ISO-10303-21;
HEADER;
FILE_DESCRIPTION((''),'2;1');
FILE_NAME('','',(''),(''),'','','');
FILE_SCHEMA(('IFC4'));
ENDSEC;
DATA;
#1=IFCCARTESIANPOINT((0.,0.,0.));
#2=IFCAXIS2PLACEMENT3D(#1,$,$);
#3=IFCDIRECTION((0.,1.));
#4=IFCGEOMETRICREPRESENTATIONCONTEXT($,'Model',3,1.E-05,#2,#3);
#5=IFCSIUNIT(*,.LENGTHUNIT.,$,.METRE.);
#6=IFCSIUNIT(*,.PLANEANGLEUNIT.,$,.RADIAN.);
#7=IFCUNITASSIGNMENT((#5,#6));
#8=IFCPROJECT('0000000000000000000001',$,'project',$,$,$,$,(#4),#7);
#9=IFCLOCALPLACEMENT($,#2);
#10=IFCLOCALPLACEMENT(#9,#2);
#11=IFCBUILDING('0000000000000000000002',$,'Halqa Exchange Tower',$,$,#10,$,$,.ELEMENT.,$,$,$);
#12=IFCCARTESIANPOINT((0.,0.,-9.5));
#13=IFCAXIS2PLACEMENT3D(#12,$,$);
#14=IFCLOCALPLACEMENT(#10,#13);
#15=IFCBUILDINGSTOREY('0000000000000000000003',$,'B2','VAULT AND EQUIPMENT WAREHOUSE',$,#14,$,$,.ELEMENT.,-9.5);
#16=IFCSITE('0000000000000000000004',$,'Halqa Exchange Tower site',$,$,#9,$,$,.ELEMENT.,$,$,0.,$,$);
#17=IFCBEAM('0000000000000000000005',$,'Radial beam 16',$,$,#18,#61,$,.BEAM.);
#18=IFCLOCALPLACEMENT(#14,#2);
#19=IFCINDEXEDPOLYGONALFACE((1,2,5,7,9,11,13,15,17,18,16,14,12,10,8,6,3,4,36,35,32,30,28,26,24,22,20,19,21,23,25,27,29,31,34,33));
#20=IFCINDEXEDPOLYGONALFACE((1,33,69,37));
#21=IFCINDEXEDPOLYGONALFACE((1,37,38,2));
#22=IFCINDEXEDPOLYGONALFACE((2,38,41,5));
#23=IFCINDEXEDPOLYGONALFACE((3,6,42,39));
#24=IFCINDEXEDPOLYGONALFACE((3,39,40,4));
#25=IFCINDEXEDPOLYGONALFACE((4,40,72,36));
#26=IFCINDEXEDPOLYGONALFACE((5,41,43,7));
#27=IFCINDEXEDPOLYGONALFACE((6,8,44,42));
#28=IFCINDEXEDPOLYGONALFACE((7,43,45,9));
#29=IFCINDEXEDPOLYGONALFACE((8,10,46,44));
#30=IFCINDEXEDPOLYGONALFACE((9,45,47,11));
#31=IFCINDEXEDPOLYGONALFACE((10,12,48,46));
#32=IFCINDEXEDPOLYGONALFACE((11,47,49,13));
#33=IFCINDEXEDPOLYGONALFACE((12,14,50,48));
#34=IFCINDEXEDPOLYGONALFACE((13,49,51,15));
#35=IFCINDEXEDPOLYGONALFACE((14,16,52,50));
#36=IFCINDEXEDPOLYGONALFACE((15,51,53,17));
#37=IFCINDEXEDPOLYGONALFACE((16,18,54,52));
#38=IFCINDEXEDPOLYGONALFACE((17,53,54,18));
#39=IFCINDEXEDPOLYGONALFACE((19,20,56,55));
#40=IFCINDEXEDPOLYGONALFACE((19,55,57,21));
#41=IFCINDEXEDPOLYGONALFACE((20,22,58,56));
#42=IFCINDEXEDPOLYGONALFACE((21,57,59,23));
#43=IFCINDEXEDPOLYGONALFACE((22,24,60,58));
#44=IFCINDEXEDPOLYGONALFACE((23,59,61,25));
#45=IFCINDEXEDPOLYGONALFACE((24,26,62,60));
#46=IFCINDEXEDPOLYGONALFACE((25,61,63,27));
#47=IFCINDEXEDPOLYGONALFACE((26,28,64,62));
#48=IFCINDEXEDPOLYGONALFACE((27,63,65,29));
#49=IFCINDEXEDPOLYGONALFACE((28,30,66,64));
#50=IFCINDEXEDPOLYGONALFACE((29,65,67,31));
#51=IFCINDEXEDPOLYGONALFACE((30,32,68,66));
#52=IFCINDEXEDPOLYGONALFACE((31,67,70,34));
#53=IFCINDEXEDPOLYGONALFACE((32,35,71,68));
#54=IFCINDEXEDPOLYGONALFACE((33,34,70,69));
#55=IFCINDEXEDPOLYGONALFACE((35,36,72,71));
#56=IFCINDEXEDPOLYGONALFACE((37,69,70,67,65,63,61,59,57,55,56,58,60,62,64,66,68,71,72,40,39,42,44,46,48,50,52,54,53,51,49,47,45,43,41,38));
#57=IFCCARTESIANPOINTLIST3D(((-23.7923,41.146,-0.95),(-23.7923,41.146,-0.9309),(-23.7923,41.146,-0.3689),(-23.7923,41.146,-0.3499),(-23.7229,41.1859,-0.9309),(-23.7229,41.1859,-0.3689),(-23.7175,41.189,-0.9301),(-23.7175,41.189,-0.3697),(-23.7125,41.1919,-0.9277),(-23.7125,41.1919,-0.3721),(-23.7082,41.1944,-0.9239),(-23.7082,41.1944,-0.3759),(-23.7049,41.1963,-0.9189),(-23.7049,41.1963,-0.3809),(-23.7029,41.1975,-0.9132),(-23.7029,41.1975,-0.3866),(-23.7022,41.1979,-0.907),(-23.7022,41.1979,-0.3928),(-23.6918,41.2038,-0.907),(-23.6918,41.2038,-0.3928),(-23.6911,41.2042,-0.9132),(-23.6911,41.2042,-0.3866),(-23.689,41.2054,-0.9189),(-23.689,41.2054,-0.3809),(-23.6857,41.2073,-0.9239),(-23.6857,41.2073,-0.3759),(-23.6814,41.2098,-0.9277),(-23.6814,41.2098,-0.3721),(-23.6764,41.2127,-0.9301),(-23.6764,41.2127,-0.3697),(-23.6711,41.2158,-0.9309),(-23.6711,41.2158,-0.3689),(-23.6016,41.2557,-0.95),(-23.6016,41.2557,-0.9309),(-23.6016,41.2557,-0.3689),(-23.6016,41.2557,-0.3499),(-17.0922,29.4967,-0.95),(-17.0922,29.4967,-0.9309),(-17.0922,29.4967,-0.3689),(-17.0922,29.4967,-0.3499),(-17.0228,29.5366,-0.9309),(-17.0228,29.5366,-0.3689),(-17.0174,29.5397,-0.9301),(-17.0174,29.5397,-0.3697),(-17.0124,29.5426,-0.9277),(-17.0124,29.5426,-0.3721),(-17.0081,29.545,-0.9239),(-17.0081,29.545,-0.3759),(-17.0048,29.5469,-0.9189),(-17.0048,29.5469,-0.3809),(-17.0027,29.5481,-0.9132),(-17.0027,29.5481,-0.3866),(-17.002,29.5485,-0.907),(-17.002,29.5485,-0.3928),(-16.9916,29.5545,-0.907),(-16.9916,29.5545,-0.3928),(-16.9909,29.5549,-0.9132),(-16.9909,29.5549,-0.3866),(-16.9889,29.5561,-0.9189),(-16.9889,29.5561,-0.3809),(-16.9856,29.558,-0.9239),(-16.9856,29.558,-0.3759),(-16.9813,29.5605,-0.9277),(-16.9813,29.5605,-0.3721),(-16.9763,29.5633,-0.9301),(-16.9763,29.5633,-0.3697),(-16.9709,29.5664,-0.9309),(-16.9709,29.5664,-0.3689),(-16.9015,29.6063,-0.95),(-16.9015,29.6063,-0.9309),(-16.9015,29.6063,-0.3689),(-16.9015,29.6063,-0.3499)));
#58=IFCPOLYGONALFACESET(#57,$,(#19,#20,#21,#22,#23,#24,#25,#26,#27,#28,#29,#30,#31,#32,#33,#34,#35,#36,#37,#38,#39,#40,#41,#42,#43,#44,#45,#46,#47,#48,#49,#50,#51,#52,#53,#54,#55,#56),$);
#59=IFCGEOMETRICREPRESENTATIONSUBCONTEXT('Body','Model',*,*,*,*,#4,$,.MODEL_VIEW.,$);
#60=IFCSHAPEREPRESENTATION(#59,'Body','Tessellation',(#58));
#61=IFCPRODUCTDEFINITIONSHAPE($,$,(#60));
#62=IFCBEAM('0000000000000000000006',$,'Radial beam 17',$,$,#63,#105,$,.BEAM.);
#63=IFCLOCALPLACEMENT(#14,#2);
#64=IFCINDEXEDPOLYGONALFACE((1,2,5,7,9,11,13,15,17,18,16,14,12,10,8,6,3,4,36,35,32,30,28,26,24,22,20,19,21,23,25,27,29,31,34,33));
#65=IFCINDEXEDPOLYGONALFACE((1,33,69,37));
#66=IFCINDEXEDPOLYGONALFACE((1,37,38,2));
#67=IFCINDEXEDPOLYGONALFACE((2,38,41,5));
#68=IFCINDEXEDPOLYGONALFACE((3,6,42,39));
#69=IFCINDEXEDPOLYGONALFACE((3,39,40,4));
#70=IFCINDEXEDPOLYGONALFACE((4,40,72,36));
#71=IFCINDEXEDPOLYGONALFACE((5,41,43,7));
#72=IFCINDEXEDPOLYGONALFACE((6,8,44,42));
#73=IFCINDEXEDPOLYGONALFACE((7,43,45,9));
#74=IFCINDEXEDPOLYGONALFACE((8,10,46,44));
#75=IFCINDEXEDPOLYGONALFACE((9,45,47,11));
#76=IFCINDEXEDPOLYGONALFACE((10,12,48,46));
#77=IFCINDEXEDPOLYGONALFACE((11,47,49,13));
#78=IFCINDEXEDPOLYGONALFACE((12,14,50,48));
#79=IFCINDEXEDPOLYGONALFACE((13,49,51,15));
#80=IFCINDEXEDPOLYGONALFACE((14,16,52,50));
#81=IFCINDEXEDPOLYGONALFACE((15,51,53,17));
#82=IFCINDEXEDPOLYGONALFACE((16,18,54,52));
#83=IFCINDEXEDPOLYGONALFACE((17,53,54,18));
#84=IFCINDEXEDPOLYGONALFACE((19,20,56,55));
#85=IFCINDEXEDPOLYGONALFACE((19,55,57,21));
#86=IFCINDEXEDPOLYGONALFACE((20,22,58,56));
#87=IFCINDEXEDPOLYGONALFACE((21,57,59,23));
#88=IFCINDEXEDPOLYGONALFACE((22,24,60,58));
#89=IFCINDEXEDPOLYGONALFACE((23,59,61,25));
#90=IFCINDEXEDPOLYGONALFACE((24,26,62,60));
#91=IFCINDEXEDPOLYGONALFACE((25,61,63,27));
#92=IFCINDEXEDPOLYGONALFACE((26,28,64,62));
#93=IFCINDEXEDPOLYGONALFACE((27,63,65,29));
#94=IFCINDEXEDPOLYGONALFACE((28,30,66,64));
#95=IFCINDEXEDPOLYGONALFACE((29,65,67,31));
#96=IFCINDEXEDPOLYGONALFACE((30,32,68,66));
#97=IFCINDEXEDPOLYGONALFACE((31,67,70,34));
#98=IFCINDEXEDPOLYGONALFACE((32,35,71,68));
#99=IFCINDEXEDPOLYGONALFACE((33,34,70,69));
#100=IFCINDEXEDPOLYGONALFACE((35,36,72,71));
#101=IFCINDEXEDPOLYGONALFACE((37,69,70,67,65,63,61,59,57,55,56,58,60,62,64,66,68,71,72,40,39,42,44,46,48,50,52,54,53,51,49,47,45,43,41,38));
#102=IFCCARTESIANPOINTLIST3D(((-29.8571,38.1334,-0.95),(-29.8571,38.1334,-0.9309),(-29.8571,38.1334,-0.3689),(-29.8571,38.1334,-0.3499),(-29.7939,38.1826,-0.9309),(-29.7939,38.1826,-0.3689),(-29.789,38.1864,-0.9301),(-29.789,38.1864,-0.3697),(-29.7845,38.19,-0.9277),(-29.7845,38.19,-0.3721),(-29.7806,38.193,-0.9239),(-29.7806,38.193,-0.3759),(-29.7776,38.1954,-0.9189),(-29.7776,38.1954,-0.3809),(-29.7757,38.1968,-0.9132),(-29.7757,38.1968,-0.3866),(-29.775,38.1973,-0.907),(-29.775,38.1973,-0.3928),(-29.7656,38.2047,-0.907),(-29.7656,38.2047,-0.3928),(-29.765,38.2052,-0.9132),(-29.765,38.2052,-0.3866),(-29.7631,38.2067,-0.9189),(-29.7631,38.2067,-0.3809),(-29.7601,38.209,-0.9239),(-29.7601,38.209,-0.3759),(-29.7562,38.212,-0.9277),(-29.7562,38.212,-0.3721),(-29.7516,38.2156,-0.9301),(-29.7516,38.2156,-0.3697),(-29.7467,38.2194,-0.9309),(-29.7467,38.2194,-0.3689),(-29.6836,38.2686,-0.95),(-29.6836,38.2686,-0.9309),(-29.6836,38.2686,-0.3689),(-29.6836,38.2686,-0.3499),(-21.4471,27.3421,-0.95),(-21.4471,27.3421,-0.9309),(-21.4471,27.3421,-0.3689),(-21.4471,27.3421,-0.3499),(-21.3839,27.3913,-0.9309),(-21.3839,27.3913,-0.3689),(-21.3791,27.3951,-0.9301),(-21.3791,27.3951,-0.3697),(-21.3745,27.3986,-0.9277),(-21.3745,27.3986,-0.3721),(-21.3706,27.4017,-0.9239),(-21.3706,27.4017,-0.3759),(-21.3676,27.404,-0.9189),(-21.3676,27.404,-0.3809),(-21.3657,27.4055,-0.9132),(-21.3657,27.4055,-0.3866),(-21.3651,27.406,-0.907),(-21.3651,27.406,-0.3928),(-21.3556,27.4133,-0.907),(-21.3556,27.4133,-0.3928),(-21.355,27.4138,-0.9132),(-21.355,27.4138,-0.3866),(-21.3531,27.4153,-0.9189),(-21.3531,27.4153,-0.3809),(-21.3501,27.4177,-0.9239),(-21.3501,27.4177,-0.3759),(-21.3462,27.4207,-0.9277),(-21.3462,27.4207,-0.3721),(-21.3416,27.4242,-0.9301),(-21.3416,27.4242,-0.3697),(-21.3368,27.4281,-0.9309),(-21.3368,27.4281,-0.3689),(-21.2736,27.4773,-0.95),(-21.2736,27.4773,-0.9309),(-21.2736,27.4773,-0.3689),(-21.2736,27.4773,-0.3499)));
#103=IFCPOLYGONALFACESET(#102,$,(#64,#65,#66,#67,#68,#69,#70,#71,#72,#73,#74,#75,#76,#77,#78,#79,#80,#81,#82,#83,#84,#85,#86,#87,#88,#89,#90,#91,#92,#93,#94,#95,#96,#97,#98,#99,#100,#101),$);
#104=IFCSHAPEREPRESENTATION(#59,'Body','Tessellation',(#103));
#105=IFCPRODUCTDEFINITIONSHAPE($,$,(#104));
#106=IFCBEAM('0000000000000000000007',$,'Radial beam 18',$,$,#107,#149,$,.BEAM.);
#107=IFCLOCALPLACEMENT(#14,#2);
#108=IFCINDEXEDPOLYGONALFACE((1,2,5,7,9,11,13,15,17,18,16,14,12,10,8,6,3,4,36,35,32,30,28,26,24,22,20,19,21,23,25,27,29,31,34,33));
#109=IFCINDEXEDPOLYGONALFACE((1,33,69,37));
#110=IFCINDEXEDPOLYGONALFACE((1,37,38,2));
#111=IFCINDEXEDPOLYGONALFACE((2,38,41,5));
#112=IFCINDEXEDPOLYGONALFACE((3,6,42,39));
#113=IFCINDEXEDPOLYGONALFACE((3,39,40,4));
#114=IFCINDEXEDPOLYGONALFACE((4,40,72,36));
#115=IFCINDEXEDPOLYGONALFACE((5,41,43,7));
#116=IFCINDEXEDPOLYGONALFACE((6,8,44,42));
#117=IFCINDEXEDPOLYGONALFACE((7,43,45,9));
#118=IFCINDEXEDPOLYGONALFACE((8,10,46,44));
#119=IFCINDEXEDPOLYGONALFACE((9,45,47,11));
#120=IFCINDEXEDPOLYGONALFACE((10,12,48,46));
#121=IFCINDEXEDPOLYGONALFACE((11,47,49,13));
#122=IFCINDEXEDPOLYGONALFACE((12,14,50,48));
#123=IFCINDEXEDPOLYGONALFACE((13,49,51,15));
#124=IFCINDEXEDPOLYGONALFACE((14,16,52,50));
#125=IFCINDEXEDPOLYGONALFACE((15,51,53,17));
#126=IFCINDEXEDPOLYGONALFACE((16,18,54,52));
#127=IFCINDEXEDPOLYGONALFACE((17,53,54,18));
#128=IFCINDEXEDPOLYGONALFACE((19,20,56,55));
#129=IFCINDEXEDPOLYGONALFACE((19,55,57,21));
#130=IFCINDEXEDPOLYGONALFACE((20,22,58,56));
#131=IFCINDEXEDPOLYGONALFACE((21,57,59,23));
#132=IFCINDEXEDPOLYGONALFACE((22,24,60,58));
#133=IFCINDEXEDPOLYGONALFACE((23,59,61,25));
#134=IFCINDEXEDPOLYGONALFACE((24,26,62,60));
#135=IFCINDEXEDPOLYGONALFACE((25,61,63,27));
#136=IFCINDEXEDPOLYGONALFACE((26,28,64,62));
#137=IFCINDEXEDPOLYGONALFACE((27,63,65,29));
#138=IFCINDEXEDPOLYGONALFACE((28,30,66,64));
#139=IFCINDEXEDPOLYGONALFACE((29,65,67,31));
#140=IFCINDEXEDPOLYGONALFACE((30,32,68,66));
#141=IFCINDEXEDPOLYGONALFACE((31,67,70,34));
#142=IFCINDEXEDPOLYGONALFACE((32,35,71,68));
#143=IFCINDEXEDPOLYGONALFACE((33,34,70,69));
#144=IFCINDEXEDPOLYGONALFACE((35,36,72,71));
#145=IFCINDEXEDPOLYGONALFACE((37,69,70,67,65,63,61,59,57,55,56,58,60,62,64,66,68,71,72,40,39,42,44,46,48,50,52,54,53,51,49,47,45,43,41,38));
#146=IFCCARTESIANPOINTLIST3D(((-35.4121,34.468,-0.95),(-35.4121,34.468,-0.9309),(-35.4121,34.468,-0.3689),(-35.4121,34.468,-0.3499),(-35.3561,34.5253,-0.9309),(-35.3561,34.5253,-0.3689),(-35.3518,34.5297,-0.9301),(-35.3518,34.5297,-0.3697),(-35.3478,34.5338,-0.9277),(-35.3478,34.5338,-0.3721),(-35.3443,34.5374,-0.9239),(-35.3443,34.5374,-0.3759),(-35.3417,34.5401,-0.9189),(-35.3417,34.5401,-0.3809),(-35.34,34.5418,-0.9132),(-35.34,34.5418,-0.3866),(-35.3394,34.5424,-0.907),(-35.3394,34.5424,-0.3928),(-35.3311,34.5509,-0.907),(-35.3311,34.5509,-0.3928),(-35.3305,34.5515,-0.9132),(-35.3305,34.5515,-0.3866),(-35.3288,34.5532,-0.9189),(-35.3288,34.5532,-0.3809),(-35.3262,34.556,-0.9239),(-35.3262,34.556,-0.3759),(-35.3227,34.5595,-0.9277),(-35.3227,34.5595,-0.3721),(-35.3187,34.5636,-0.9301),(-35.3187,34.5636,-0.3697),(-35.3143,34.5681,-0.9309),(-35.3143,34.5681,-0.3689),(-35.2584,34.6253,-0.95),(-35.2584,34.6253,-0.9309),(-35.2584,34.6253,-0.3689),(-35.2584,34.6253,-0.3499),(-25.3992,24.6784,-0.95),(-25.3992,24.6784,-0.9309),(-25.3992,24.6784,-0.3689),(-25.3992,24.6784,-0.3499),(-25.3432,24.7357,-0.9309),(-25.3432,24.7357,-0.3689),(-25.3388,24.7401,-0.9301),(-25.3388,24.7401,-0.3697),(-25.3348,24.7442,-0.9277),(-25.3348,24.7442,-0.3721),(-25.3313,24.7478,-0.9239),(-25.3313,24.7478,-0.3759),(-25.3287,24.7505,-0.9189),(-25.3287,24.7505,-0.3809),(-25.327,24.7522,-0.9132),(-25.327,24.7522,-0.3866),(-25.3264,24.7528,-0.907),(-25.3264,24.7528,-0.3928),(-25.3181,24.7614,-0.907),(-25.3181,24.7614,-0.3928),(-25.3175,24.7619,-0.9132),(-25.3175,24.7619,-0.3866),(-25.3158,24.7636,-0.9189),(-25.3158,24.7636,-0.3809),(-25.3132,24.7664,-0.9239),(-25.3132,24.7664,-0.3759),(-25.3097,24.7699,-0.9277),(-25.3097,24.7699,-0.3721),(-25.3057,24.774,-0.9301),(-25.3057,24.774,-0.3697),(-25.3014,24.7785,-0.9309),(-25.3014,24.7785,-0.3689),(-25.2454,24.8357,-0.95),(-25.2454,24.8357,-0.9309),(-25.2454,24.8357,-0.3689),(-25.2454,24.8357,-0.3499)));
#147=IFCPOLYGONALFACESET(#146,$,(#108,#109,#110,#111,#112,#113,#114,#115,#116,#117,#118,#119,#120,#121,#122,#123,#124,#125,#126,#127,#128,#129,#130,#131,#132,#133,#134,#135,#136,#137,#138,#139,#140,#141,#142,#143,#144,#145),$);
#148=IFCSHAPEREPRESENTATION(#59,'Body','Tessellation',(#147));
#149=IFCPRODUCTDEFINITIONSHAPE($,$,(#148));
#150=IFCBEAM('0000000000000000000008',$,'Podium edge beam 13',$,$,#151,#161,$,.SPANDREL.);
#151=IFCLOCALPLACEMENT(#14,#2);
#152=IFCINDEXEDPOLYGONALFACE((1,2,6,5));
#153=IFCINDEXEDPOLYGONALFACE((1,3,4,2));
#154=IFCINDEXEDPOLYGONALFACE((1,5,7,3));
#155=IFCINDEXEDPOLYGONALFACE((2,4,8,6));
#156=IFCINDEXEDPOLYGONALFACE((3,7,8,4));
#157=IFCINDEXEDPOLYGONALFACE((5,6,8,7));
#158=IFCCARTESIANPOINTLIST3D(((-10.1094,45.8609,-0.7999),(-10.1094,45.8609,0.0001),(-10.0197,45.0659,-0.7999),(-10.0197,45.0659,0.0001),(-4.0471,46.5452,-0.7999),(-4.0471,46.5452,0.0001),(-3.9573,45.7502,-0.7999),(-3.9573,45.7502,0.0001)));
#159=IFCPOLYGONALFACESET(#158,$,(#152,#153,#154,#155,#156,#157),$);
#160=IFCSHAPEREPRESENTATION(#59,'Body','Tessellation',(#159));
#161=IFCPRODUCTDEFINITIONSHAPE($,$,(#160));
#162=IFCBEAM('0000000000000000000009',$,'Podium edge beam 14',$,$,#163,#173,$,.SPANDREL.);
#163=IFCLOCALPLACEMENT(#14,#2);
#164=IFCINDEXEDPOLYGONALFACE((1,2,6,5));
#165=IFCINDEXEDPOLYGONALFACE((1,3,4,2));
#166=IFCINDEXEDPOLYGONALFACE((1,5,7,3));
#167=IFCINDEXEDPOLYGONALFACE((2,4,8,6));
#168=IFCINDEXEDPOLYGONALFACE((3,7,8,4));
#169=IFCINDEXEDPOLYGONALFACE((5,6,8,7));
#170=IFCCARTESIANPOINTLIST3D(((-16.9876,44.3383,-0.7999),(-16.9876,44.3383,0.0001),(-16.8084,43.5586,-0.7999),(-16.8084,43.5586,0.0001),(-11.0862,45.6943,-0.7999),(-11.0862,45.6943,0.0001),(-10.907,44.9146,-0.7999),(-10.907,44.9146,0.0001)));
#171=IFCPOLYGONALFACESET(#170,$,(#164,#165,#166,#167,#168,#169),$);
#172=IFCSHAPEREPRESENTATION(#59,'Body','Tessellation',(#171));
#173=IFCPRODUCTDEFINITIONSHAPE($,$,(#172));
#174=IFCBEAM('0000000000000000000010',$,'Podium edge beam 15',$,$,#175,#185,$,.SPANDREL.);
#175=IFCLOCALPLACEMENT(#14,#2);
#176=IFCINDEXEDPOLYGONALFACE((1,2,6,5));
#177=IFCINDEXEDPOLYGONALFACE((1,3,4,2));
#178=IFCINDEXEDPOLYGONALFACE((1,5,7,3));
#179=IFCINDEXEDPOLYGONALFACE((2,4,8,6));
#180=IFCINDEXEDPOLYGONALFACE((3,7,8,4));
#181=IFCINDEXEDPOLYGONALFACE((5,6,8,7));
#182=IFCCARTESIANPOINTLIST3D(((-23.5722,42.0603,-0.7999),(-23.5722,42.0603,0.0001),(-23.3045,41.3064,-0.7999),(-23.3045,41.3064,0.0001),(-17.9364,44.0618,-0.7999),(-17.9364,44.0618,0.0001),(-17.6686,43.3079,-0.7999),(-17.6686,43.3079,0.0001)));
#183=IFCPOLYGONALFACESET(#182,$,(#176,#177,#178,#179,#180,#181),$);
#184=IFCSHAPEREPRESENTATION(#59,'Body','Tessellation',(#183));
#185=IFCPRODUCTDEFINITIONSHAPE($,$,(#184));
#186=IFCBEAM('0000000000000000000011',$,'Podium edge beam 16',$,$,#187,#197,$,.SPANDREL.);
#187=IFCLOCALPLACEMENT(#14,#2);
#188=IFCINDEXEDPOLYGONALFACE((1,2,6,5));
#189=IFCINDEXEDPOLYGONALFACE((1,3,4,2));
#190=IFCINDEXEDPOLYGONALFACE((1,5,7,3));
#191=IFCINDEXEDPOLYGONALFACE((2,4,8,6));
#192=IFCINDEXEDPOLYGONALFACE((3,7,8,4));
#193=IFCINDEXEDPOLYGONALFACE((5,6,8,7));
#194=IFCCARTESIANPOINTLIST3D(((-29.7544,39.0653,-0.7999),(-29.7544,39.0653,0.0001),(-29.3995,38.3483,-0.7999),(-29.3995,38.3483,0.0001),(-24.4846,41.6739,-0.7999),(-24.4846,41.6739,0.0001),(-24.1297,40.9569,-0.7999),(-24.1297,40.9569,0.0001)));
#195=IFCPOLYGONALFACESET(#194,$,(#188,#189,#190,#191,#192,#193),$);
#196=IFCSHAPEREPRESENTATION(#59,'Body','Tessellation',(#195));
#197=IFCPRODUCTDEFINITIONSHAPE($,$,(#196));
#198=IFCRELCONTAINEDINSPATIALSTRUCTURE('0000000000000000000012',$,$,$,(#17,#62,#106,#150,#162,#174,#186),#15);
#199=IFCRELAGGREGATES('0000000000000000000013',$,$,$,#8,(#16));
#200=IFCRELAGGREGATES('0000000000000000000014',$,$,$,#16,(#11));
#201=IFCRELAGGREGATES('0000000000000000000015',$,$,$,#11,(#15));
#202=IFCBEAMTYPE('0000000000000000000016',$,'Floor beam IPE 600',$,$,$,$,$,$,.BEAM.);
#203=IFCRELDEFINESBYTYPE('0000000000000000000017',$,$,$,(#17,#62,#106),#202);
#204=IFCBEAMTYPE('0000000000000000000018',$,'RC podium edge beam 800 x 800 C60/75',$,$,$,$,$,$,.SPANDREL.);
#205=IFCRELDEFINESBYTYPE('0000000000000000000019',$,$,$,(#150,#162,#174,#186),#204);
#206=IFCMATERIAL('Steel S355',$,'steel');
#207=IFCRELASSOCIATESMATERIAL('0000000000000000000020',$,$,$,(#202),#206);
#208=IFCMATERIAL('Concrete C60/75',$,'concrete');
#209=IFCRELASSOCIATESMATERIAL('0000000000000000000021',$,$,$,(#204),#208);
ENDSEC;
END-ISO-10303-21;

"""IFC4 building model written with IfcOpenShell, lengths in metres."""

from ifc_helpers import new_model, si_unit, direction, frame, origin, origin_2d, place, context, subcontext, project, spatial, rectangle, i_section, extrude, material, material_profile, profile_set, type_object, element, save


model = new_model("IFC4")

# Units and contexts
model_context = context("Model", 3, precision=1e-05, world=origin(), true_north=direction((0.0, 1.0)))
body_context = subcontext(model_context, "Body", "Model", "MODEL_VIEW")
ifc_project = project(units=[si_unit("LENGTHUNIT", "METRE"), si_unit("PLANEANGLEUNIT", "RADIAN")], contexts=[model_context])

# Site, building, storey
site_placement = place(None, origin())
site = spatial("IfcSite", under=ifc_project, at=site_placement, Name="Halqa Exchange Tower site", CompositionType="ELEMENT", RefElevation=0.0)
building_placement = place(site_placement, origin())
building = spatial("IfcBuilding", under=site, at=building_placement, Name="Halqa Exchange Tower", CompositionType="ELEMENT")
storey_placement = place(building_placement, frame((0.0, 0.0, -9.5)))
storey = spatial("IfcBuildingStorey", under=building, at=storey_placement, Name="B2", Description="VAULT AND EQUIPMENT WAREHOUSE", CompositionType="ELEMENT", Elevation=-9.5)

# Shared definitions
ifc_material_1 = material(Name="Concrete C60/75", Category="concrete")

# Beams
ifc_material_2 = material(Name="Steel S355", Category="steel")
ifc_material_profile_1 = material_profile(ifc_material_2, i_section(OverallWidth=0.22, OverallDepth=0.6001, WebThickness=0.012, FlangeThickness=0.019, FilletRadius=0.0239, at=origin_2d()), Name="IPE 600")
ifc_profile_set_1 = profile_set([ifc_material_profile_1], Name="Steel S355")
beam_type_1 = type_object("IfcBeamType", Name="Floor beam IPE 600", PredefinedType="BEAM", material=ifc_profile_set_1)
beam_1_placement = place(storey_placement, frame((-16.9968, 29.5515, -0.6499), z_axis=(-0.498571, 0.866849, 0.0), x_axis=(-0.866849, -0.498571, 0.0)))
element("IfcBeam", 1, at=beam_1_placement, inside=storey, type_object=beam_type_1, Name="Radial beam 16", PredefinedType="BEAM", context=body_context, shape_type="SweptSolid", body=[
    extrude(i_section(OverallWidth=0.22, OverallDepth=0.6001, WebThickness=0.012, FlangeThickness=0.019, FilletRadius=0.0239, at=origin_2d()), origin(), (0.0, 0.0, 1.0), 13.4387),
])
beam_2_placement = place(storey_placement, frame((-21.3604, 27.4097, -0.6499), z_axis=(-0.614701, 0.78876, 0.0), x_axis=(-0.78876, -0.614701, 0.0)))
element("IfcBeam", 2, at=beam_2_placement, inside=storey, type_object=beam_type_1, Name="Radial beam 17", PredefinedType="BEAM", context=body_context, shape_type="SweptSolid", body=[
    extrude(i_section(OverallWidth=0.22, OverallDepth=0.6001, WebThickness=0.012, FlangeThickness=0.019, FilletRadius=0.0239, at=origin_2d()), origin(), (0.0, 0.0, 1.0), 13.6814),
])
beam_3_placement = place(storey_placement, frame((-25.3223, 24.7571, -0.6499), z_axis=(-0.715038, 0.699086, 0.0), x_axis=(-0.699086, -0.715038, 0.0)))
element("IfcBeam", 3, at=beam_3_placement, inside=storey, type_object=beam_type_1, Name="Radial beam 18", PredefinedType="BEAM", context=body_context, shape_type="SweptSolid", body=[
    extrude(i_section(OverallWidth=0.22, OverallDepth=0.6001, WebThickness=0.012, FlangeThickness=0.019, FilletRadius=0.0239, at=origin_2d()), origin(), (0.0, 0.0, 1.0), 14.0034),
])
ifc_material_profile_2 = material_profile(ifc_material_1, rectangle(XDim=0.8, YDim=0.8, at=origin_2d()), Name="800 x 800")
ifc_profile_set_2 = profile_set([ifc_material_profile_2], Name="Concrete C60/75")
beam_type_2 = type_object("IfcBeamType", Name="RC podium edge beam 800 x 800 C60/75", PredefinedType="SPANDREL", material=ifc_profile_set_2)
beam_4_placement = place(storey_placement, frame((-4.0022, 46.1477, -0.3999), z_axis=(-0.993689, -0.112171, 0.0), x_axis=(0.112171, -0.993689, 0.0)))
element("IfcBeam", 4, at=beam_4_placement, inside=storey, type_object=beam_type_2, Name="Podium edge beam 13", PredefinedType="SPANDREL", context=body_context, shape_type="SweptSolid", body=[
    extrude(rectangle(XDim=0.8, YDim=0.8, at=origin_2d()), origin(), (0.0, 0.0, 1.0), 6.1008),
])
beam_5_placement = place(storey_placement, frame((-10.9966, 45.3044, -0.3999), z_axis=(-0.974604, -0.223935, 0.0), x_axis=(0.223935, -0.974604, 0.0)))
element("IfcBeam", 5, at=beam_5_placement, inside=storey, type_object=beam_type_2, Name="Podium edge beam 14", PredefinedType="SPANDREL", context=body_context, shape_type="SweptSolid", body=[
    extrude(rectangle(XDim=0.8, YDim=0.8, at=origin_2d()), origin(), (0.0, 0.0, 1.0), 6.0552),
])
beam_6_placement = place(storey_placement, frame((-17.8025, 43.6848, -0.3999), z_axis=(-0.942343, -0.334647, 0.0), x_axis=(0.334647, -0.942343, 0.0)))
element("IfcBeam", 6, at=beam_6_placement, inside=storey, type_object=beam_type_2, Name="Podium edge beam 15", PredefinedType="SPANDREL", context=body_context, shape_type="SweptSolid", body=[
    extrude(rectangle(XDim=0.8, YDim=0.8, at=origin_2d()), origin(), (0.0, 0.0, 1.0), 5.9807),
])
beam_7_placement = place(storey_placement, frame((-24.3071, 41.3154, -0.3999), z_axis=(-0.896205, -0.443639, 0.0), x_axis=(0.443639, -0.896205, 0.0)))
element("IfcBeam", 7, at=beam_7_placement, inside=storey, type_object=beam_type_2, Name="Podium edge beam 16", PredefinedType="SPANDREL", context=body_context, shape_type="SweptSolid", body=[
    extrude(rectangle(XDim=0.8, YDim=0.8, at=origin_2d()), origin(), (0.0, 0.0, 1.0), 5.8801),
])

save(model, "model.ifc")
